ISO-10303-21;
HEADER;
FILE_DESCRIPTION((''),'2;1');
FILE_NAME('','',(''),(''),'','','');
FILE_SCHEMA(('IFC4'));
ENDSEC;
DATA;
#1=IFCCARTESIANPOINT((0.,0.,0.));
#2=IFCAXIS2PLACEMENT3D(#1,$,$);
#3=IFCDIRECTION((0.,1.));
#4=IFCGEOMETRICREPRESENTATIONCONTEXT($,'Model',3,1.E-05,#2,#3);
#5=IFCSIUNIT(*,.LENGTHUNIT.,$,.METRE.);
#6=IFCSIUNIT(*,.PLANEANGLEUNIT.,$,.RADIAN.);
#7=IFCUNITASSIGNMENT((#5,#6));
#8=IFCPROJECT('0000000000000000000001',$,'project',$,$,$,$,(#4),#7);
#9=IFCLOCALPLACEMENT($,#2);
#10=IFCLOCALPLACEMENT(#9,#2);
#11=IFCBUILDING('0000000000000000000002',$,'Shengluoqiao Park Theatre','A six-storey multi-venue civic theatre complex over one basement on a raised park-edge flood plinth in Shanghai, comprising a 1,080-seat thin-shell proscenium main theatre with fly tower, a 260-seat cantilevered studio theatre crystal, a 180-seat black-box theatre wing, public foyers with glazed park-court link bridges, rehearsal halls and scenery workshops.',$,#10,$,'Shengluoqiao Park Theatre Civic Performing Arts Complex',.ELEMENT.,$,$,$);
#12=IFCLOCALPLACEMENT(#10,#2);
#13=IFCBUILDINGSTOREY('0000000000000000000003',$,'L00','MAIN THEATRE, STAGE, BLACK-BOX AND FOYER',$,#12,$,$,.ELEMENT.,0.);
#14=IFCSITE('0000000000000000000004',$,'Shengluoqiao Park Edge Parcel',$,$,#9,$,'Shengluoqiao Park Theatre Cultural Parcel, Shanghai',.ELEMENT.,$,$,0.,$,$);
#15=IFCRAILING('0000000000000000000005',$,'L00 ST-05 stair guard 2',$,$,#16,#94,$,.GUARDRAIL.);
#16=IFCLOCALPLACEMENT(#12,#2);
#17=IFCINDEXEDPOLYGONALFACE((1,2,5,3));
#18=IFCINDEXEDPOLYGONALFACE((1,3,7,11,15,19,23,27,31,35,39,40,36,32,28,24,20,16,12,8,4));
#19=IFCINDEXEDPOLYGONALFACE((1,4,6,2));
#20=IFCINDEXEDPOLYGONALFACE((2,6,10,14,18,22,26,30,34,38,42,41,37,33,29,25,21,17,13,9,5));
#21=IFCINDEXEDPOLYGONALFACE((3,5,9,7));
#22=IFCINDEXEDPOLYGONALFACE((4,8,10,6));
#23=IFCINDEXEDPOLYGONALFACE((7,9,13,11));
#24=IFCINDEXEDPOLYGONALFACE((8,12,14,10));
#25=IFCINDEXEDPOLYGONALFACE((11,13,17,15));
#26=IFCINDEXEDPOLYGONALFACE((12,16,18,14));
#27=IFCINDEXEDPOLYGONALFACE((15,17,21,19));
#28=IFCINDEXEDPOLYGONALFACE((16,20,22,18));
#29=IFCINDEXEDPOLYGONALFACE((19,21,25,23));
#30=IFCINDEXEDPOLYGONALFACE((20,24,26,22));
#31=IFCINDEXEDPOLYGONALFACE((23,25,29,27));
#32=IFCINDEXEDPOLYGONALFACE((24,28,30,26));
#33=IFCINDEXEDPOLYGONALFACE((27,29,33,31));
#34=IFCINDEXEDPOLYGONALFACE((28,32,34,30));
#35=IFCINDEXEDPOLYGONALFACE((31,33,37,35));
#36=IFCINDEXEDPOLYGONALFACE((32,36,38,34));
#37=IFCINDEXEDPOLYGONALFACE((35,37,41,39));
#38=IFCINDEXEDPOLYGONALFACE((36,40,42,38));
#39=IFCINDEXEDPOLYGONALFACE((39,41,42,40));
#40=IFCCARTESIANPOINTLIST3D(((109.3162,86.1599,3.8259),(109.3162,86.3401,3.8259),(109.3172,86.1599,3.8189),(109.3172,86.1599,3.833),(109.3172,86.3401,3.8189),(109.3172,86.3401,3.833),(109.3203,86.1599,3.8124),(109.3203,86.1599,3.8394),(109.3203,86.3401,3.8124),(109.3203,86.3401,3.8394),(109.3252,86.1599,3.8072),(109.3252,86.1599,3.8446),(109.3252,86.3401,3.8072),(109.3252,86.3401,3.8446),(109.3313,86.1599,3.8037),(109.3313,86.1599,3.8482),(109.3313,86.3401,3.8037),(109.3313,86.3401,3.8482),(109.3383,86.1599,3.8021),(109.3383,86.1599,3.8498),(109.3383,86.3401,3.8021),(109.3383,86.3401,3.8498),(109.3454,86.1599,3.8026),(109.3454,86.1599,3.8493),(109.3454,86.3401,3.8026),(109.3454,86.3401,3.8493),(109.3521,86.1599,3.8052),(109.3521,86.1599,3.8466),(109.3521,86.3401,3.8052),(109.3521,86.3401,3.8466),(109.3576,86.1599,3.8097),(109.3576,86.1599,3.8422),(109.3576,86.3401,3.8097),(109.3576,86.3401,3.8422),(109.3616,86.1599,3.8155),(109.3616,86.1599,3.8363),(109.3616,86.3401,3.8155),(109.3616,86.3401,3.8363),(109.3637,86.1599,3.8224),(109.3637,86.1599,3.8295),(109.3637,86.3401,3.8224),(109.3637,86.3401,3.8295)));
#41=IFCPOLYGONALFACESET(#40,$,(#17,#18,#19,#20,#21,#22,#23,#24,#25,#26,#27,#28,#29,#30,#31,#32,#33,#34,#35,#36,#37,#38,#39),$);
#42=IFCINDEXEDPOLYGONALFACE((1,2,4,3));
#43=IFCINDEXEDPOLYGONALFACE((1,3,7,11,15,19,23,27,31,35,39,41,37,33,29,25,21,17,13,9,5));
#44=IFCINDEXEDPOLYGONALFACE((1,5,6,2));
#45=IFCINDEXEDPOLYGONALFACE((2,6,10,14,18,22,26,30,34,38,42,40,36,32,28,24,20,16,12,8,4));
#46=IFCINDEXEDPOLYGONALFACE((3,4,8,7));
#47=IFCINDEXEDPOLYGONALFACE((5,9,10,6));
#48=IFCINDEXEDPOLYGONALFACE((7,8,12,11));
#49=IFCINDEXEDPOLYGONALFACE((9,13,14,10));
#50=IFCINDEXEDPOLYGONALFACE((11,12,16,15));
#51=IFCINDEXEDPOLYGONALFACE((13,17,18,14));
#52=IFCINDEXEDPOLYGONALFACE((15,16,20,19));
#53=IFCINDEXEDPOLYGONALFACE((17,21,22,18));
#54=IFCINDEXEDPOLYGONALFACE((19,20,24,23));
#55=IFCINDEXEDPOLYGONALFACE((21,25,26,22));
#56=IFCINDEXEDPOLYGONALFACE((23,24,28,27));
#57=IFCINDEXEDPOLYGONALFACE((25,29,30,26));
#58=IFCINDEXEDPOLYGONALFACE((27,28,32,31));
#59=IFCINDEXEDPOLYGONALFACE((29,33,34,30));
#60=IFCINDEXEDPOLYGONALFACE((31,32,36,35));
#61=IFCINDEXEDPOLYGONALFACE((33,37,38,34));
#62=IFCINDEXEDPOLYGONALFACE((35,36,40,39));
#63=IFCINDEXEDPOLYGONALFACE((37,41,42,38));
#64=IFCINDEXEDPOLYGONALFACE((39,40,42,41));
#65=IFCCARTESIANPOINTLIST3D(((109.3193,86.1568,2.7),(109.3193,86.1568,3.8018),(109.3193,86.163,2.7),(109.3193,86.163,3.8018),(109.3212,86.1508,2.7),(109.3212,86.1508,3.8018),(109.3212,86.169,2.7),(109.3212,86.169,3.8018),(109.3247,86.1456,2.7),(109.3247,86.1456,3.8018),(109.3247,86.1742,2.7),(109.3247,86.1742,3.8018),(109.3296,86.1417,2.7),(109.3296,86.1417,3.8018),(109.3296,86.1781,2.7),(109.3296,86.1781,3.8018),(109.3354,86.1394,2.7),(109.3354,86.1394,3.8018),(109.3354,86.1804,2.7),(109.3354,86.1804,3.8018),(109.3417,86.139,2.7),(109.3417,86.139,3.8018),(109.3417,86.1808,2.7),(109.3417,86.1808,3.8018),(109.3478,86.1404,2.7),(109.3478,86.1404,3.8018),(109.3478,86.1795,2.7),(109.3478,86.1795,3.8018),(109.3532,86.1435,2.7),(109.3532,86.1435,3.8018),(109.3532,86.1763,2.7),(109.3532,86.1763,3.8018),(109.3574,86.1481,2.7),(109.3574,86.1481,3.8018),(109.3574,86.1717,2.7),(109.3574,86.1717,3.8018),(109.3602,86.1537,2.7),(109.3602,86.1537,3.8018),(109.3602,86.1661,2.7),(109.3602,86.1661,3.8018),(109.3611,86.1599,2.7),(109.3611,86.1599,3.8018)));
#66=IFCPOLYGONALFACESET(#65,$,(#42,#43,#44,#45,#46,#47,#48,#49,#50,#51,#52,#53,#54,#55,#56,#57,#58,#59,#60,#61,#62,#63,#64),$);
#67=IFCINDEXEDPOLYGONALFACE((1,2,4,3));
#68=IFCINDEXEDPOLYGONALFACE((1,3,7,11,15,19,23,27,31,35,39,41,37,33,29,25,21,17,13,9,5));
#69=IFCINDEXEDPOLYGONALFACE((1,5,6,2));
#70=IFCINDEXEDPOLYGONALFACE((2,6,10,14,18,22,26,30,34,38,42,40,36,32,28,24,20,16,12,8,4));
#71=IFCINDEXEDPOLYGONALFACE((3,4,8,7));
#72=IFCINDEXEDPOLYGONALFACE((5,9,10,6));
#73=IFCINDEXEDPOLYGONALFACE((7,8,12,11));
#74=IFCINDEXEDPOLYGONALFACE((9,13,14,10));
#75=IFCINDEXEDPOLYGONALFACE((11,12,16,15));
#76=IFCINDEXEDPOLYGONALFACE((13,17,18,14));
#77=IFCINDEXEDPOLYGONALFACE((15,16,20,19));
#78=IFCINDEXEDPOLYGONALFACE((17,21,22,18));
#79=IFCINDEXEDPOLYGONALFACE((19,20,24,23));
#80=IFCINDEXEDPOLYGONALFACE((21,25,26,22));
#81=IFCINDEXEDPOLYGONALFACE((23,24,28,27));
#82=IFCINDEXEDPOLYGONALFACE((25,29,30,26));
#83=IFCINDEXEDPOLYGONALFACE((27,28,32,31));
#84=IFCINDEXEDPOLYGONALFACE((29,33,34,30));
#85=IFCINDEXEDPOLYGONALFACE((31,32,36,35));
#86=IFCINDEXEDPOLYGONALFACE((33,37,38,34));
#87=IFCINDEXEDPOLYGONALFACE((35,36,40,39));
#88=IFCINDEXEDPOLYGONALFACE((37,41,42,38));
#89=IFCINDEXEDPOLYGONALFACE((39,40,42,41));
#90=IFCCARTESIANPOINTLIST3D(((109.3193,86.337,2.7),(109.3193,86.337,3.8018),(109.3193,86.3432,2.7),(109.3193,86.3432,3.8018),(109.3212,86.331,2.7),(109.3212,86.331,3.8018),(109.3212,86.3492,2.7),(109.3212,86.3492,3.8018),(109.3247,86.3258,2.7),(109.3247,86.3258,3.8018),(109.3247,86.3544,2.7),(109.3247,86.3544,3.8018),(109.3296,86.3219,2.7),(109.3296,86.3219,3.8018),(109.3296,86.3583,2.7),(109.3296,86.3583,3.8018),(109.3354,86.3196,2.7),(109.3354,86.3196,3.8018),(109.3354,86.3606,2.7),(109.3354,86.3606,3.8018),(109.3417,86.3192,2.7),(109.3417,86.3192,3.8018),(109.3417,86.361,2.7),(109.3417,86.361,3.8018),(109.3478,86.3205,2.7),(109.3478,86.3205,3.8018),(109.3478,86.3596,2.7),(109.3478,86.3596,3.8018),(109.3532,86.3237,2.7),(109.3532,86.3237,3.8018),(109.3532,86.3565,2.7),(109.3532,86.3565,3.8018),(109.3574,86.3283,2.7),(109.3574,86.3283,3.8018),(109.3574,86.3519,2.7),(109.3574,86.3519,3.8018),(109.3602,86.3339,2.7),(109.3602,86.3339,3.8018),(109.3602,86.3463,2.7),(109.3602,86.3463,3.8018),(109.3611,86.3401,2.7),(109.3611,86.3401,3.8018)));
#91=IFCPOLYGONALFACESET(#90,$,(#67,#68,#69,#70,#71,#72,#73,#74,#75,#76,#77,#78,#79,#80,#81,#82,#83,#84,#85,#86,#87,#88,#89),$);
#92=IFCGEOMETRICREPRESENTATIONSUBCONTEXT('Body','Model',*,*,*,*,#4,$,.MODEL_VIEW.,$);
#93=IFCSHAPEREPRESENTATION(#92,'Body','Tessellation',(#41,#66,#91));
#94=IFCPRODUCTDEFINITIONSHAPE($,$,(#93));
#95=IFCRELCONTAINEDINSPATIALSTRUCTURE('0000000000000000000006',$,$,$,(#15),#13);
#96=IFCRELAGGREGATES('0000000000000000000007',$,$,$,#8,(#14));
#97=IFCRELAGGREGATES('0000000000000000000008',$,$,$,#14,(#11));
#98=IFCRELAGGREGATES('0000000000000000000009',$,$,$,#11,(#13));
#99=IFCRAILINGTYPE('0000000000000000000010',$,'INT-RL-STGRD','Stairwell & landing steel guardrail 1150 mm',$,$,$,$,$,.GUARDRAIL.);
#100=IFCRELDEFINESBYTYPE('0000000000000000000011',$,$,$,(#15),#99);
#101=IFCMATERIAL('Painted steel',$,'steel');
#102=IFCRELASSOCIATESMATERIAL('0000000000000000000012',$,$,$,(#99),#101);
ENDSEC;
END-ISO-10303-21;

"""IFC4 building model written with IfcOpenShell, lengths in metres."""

from ifc_helpers import new_model, si_unit, direction, frame, origin, origin_2d, place, context, subcontext, project, spatial, circle, extrude, material, type_object, element, save


model = new_model("IFC4")

# Units and contexts
model_context = context("Model", 3, precision=1e-05, world=origin(), true_north=direction((0.0, 1.0)))
body_context = subcontext(model_context, "Body", "Model", "MODEL_VIEW")
ifc_project = project(units=[si_unit("LENGTHUNIT", "METRE"), si_unit("PLANEANGLEUNIT", "RADIAN")], contexts=[model_context])

# Site, building, storey
site_placement = place(None, origin())
site = spatial("IfcSite", under=ifc_project, at=site_placement, Name="Shengluoqiao Park Edge Parcel", LongName="Shengluoqiao Park Theatre Cultural Parcel, Shanghai", CompositionType="ELEMENT", RefElevation=0.0)
building_placement = place(site_placement, origin())
building = spatial("IfcBuilding", under=site, at=building_placement, Name="Shengluoqiao Park Theatre", Description="A six-storey multi-venue civic theatre complex over one basement on a raised park-edge flood plinth in Shanghai, comprising a 1,080-seat thin-shell proscenium main theatre with fly tower, a 260-seat cantilevered studio theatre crystal, a 180-seat black-box theatre wing, public foyers with glazed park-court link bridges, rehearsal halls and scenery workshops.", LongName="Shengluoqiao Park Theatre Civic Performing Arts Complex", CompositionType="ELEMENT")
storey_placement = place(building_placement, origin())
storey = spatial("IfcBuildingStorey", under=building, at=storey_placement, Name="L00", Description="MAIN THEATRE, STAGE, BLACK-BOX AND FOYER", CompositionType="ELEMENT", Elevation=0.0)

# Railing
ifc_material_1 = material(Name="Painted steel", Category="steel")
railing_type_1 = type_object("IfcRailingType", Name="INT-RL-STGRD", Description="Stairwell & landing steel guardrail 1150 mm", PredefinedType="GUARDRAIL", material=ifc_material_1)
railing_1_placement = place(storey_placement, frame((109.3401, 86.1599, 2.7)))
element("IfcRailing", 1, at=railing_1_placement, inside=storey, type_object=railing_type_1, Name="L00 ST-05 stair guard 2", PredefinedType="GUARDRAIL", context=body_context, shape_type="SweptSolid", body=[
    extrude(circle(Radius=0.0239, at=origin_2d()), frame((0.0, 0.0, 1.126), z_axis=(0.0, 1.0, 0.0), x_axis=(-1.0, 0.0, 0.0)), (0.0, 0.0, 1.0), 0.1802),
    extrude(circle(Radius=0.021, at=origin_2d()), origin(), (0.0, 0.0, 1.0), 1.1018),
    extrude(circle(Radius=0.021, at=origin_2d()), frame((0.0, 0.1802, 0.0)), (0.0, 0.0, 1.0), 1.1018),
])

save(model, "model.ifc")
